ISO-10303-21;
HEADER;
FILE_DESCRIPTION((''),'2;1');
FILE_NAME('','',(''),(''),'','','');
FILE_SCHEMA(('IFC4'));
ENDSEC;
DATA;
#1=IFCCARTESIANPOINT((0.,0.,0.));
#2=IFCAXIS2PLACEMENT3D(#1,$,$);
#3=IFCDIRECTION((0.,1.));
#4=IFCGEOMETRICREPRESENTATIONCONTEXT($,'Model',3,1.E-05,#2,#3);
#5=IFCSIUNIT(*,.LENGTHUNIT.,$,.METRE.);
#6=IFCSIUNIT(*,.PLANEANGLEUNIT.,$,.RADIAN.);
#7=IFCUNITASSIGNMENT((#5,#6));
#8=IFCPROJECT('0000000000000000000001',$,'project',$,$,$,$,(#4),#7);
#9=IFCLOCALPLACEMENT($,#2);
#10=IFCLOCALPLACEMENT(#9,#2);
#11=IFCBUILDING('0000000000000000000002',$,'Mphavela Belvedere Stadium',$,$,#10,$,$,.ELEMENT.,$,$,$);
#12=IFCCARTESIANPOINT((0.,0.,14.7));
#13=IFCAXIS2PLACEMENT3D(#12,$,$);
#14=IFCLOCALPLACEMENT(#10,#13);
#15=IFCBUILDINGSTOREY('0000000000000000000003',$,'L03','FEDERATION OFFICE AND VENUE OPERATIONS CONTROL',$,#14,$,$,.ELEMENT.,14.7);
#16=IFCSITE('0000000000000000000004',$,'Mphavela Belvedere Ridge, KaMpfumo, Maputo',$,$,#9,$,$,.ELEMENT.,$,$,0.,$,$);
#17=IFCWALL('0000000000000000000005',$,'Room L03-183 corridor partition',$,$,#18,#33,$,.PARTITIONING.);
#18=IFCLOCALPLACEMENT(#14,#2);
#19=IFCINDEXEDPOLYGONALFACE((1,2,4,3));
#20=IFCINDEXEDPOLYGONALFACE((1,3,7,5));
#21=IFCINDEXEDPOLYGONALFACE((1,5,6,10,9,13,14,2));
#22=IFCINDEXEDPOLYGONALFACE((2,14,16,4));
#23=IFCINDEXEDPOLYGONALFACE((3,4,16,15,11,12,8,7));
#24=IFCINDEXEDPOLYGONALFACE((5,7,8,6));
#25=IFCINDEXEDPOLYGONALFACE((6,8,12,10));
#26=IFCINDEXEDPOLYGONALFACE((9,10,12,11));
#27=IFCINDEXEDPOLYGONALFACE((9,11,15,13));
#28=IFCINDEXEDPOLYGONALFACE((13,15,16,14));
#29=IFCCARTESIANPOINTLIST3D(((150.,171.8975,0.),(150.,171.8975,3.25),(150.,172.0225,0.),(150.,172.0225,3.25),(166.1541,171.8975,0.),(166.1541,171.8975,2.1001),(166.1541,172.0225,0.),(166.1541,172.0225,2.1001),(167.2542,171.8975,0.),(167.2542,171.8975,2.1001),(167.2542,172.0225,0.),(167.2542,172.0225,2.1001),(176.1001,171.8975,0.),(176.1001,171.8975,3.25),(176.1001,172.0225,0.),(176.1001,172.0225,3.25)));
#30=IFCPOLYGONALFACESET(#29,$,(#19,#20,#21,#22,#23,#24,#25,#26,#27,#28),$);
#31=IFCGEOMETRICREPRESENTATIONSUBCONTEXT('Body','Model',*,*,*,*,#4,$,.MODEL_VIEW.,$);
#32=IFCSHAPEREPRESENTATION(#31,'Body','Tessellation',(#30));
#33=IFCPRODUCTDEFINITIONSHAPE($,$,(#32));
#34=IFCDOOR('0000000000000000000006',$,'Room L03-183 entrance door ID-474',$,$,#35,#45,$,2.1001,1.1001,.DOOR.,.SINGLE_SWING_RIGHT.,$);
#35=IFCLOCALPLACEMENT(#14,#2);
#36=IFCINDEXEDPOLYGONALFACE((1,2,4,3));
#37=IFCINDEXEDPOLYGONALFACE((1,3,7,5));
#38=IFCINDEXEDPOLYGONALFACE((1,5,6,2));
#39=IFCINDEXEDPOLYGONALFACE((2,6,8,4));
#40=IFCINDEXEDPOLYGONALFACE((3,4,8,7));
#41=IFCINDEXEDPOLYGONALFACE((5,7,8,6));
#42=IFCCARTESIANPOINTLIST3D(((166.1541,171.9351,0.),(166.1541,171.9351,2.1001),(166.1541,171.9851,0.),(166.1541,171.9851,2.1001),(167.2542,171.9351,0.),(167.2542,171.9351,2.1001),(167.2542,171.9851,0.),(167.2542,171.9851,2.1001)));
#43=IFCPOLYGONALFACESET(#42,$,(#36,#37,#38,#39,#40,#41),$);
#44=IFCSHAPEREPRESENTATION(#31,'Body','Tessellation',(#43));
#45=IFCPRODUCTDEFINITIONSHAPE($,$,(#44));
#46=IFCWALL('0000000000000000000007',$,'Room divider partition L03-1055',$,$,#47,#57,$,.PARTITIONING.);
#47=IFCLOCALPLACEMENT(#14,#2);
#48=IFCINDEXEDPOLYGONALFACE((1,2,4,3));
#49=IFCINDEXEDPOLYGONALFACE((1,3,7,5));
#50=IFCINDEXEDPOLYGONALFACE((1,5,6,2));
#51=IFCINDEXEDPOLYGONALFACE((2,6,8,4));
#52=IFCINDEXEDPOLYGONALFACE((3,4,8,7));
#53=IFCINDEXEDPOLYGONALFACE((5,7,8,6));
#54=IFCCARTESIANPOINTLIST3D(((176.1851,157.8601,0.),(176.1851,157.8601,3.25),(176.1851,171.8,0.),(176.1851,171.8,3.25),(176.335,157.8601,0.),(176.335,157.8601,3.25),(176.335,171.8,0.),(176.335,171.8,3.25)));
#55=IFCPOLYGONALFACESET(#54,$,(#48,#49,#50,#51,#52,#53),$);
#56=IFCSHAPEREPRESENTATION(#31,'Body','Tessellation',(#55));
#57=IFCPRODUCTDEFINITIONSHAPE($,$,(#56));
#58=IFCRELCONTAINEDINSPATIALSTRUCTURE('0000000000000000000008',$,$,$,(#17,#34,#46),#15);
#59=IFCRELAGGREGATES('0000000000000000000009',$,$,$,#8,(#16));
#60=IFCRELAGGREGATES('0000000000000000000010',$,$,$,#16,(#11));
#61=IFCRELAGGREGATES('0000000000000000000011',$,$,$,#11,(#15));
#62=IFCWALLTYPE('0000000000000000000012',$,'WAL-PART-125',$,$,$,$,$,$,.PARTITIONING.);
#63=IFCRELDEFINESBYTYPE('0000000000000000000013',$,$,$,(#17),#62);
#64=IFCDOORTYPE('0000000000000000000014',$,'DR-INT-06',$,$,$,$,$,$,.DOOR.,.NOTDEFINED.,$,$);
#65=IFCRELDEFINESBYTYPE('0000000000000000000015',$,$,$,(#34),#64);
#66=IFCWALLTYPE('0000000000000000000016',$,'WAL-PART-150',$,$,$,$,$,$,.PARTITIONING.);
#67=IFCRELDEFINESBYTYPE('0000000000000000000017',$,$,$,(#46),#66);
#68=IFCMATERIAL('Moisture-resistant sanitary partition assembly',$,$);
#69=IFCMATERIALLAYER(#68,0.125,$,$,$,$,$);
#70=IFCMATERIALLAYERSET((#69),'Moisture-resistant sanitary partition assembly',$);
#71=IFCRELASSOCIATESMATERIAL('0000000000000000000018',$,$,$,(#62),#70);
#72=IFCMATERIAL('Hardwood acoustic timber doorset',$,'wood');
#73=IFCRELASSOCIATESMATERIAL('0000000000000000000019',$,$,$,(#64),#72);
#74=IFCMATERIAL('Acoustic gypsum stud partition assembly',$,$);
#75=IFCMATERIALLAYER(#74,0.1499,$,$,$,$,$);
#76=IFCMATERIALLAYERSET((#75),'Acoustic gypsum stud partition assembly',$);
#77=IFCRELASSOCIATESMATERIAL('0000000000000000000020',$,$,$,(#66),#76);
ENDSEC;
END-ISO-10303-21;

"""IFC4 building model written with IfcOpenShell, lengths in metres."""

from ifc_helpers import new_model, si_unit, direction, frame, frame_2d, origin, place, context, subcontext, project, spatial, rectangle, extrude, material, layer, layer_set, type_object, element, fill, save


model = new_model("IFC4")

# Units and contexts
model_context = context("Model", 3, precision=1e-05, world=origin(), true_north=direction((0.0, 1.0)))
body_context = subcontext(model_context, "Body", "Model", "MODEL_VIEW")
ifc_project = project(units=[si_unit("LENGTHUNIT", "METRE"), si_unit("PLANEANGLEUNIT", "RADIAN")], contexts=[model_context])

# Site, building, storey
site_placement = place(None, origin())
site = spatial("IfcSite", under=ifc_project, at=site_placement, Name="Mphavela Belvedere Ridge, KaMpfumo, Maputo", CompositionType="ELEMENT", RefElevation=0.0)
building_placement = place(site_placement, origin())
building = spatial("IfcBuilding", under=site, at=building_placement, Name="Mphavela Belvedere Stadium", CompositionType="ELEMENT")
storey_placement = place(building_placement, frame((0.0, 0.0, 14.7)))
storey = spatial("IfcBuildingStorey", under=building, at=storey_placement, Name="L03", Description="FEDERATION OFFICE AND VENUE OPERATIONS CONTROL", CompositionType="ELEMENT", Elevation=14.7)

# Wall, opening, door
ifc_material_1 = material(Name="Moisture-resistant sanitary partition assembly")
ifc_layer_1 = layer(ifc_material_1, 0.125)
ifc_layer_set_1 = layer_set([ifc_layer_1], Name="Moisture-resistant sanitary partition assembly")
wall_type_1 = type_object("IfcWallType", Name="WAL-PART-125", PredefinedType="PARTITIONING", material=ifc_layer_set_1)
wall_1_placement = place(storey_placement, frame((176.1001, 171.96, 0.0), z_axis=(0.0, 0.0, 1.0), x_axis=(-1.0, 0.0, 0.0)))
wall_1 = element("IfcWall", 1, at=wall_1_placement, inside=storey, type_object=wall_type_1, Name="Room L03-183 corridor partition", PredefinedType="PARTITIONING", context=body_context, shape_type="SweptSolid", body=[
    extrude(rectangle(XDim=26.1001, YDim=0.125, at=frame_2d((13.05, 0.0))), origin(), (0.0, 0.0, 1.0), 3.25),
])
opening_1_placement = place(wall_1_placement, frame((8.8459, 0.0, 0.0)))
opening_1 = element("IfcOpeningElement", 2, at=opening_1_placement, cuts=wall_1, PredefinedType="OPENING", context=body_context, shape_type="SweptSolid", body=[
    extrude(rectangle(XDim=1.1001, YDim=2.1001, at=frame_2d((0.55, 1.05))), frame((0.0, 0.0725, 0.0), z_axis=(0.0, -1.0, 0.0), x_axis=(1.0, 0.0, 0.0)), (0.0, 0.0, 1.0), 0.145),
])
ifc_material_2 = material(Name="Hardwood acoustic timber doorset", Category="wood")
door_type = type_object("IfcDoorType", Name="DR-INT-06", OperationType="NOTDEFINED", PredefinedType="DOOR", material=ifc_material_2)
door_placement = place(opening_1_placement, origin())
door = element("IfcDoor", 3, at=door_placement, inside=storey, type_object=door_type, Name="Room L03-183 entrance door ID-474", OperationType="SINGLE_SWING_RIGHT", OverallHeight=2.1001, OverallWidth=1.1001, PredefinedType="DOOR", context=body_context, shape_type="SweptSolid", body=[
    extrude(rectangle(XDim=1.1001, YDim=2.1001, at=frame_2d((0.55, 1.05))), frame((0.0, 0.0249, 0.0), z_axis=(0.0, -1.0, 0.0), x_axis=(1.0, 0.0, 0.0)), (0.0, 0.0, 1.0), 0.05),
])
fill(opening_1, door)

# Wall
ifc_material_3 = material(Name="Acoustic gypsum stud partition assembly")
ifc_layer_2 = layer(ifc_material_3, 0.1499)
ifc_layer_set_2 = layer_set([ifc_layer_2], Name="Acoustic gypsum stud partition assembly")
wall_type_2 = type_object("IfcWallType", Name="WAL-PART-150", PredefinedType="PARTITIONING", material=ifc_layer_set_2)
wall_2_placement = place(storey_placement, frame((176.26, 157.8601, 0.0), z_axis=(0.0, 0.0, 1.0), x_axis=(0.0, 1.0, 0.0)))
element("IfcWall", 4, at=wall_2_placement, inside=storey, type_object=wall_type_2, Name="Room divider partition L03-1055", PredefinedType="PARTITIONING", context=body_context, shape_type="SweptSolid", body=[
    extrude(rectangle(XDim=13.9399, YDim=0.1499, at=frame_2d((6.97, 0.0))), origin(), (0.0, 0.0, 1.0), 3.25),
])

save(model, "model.ifc")
